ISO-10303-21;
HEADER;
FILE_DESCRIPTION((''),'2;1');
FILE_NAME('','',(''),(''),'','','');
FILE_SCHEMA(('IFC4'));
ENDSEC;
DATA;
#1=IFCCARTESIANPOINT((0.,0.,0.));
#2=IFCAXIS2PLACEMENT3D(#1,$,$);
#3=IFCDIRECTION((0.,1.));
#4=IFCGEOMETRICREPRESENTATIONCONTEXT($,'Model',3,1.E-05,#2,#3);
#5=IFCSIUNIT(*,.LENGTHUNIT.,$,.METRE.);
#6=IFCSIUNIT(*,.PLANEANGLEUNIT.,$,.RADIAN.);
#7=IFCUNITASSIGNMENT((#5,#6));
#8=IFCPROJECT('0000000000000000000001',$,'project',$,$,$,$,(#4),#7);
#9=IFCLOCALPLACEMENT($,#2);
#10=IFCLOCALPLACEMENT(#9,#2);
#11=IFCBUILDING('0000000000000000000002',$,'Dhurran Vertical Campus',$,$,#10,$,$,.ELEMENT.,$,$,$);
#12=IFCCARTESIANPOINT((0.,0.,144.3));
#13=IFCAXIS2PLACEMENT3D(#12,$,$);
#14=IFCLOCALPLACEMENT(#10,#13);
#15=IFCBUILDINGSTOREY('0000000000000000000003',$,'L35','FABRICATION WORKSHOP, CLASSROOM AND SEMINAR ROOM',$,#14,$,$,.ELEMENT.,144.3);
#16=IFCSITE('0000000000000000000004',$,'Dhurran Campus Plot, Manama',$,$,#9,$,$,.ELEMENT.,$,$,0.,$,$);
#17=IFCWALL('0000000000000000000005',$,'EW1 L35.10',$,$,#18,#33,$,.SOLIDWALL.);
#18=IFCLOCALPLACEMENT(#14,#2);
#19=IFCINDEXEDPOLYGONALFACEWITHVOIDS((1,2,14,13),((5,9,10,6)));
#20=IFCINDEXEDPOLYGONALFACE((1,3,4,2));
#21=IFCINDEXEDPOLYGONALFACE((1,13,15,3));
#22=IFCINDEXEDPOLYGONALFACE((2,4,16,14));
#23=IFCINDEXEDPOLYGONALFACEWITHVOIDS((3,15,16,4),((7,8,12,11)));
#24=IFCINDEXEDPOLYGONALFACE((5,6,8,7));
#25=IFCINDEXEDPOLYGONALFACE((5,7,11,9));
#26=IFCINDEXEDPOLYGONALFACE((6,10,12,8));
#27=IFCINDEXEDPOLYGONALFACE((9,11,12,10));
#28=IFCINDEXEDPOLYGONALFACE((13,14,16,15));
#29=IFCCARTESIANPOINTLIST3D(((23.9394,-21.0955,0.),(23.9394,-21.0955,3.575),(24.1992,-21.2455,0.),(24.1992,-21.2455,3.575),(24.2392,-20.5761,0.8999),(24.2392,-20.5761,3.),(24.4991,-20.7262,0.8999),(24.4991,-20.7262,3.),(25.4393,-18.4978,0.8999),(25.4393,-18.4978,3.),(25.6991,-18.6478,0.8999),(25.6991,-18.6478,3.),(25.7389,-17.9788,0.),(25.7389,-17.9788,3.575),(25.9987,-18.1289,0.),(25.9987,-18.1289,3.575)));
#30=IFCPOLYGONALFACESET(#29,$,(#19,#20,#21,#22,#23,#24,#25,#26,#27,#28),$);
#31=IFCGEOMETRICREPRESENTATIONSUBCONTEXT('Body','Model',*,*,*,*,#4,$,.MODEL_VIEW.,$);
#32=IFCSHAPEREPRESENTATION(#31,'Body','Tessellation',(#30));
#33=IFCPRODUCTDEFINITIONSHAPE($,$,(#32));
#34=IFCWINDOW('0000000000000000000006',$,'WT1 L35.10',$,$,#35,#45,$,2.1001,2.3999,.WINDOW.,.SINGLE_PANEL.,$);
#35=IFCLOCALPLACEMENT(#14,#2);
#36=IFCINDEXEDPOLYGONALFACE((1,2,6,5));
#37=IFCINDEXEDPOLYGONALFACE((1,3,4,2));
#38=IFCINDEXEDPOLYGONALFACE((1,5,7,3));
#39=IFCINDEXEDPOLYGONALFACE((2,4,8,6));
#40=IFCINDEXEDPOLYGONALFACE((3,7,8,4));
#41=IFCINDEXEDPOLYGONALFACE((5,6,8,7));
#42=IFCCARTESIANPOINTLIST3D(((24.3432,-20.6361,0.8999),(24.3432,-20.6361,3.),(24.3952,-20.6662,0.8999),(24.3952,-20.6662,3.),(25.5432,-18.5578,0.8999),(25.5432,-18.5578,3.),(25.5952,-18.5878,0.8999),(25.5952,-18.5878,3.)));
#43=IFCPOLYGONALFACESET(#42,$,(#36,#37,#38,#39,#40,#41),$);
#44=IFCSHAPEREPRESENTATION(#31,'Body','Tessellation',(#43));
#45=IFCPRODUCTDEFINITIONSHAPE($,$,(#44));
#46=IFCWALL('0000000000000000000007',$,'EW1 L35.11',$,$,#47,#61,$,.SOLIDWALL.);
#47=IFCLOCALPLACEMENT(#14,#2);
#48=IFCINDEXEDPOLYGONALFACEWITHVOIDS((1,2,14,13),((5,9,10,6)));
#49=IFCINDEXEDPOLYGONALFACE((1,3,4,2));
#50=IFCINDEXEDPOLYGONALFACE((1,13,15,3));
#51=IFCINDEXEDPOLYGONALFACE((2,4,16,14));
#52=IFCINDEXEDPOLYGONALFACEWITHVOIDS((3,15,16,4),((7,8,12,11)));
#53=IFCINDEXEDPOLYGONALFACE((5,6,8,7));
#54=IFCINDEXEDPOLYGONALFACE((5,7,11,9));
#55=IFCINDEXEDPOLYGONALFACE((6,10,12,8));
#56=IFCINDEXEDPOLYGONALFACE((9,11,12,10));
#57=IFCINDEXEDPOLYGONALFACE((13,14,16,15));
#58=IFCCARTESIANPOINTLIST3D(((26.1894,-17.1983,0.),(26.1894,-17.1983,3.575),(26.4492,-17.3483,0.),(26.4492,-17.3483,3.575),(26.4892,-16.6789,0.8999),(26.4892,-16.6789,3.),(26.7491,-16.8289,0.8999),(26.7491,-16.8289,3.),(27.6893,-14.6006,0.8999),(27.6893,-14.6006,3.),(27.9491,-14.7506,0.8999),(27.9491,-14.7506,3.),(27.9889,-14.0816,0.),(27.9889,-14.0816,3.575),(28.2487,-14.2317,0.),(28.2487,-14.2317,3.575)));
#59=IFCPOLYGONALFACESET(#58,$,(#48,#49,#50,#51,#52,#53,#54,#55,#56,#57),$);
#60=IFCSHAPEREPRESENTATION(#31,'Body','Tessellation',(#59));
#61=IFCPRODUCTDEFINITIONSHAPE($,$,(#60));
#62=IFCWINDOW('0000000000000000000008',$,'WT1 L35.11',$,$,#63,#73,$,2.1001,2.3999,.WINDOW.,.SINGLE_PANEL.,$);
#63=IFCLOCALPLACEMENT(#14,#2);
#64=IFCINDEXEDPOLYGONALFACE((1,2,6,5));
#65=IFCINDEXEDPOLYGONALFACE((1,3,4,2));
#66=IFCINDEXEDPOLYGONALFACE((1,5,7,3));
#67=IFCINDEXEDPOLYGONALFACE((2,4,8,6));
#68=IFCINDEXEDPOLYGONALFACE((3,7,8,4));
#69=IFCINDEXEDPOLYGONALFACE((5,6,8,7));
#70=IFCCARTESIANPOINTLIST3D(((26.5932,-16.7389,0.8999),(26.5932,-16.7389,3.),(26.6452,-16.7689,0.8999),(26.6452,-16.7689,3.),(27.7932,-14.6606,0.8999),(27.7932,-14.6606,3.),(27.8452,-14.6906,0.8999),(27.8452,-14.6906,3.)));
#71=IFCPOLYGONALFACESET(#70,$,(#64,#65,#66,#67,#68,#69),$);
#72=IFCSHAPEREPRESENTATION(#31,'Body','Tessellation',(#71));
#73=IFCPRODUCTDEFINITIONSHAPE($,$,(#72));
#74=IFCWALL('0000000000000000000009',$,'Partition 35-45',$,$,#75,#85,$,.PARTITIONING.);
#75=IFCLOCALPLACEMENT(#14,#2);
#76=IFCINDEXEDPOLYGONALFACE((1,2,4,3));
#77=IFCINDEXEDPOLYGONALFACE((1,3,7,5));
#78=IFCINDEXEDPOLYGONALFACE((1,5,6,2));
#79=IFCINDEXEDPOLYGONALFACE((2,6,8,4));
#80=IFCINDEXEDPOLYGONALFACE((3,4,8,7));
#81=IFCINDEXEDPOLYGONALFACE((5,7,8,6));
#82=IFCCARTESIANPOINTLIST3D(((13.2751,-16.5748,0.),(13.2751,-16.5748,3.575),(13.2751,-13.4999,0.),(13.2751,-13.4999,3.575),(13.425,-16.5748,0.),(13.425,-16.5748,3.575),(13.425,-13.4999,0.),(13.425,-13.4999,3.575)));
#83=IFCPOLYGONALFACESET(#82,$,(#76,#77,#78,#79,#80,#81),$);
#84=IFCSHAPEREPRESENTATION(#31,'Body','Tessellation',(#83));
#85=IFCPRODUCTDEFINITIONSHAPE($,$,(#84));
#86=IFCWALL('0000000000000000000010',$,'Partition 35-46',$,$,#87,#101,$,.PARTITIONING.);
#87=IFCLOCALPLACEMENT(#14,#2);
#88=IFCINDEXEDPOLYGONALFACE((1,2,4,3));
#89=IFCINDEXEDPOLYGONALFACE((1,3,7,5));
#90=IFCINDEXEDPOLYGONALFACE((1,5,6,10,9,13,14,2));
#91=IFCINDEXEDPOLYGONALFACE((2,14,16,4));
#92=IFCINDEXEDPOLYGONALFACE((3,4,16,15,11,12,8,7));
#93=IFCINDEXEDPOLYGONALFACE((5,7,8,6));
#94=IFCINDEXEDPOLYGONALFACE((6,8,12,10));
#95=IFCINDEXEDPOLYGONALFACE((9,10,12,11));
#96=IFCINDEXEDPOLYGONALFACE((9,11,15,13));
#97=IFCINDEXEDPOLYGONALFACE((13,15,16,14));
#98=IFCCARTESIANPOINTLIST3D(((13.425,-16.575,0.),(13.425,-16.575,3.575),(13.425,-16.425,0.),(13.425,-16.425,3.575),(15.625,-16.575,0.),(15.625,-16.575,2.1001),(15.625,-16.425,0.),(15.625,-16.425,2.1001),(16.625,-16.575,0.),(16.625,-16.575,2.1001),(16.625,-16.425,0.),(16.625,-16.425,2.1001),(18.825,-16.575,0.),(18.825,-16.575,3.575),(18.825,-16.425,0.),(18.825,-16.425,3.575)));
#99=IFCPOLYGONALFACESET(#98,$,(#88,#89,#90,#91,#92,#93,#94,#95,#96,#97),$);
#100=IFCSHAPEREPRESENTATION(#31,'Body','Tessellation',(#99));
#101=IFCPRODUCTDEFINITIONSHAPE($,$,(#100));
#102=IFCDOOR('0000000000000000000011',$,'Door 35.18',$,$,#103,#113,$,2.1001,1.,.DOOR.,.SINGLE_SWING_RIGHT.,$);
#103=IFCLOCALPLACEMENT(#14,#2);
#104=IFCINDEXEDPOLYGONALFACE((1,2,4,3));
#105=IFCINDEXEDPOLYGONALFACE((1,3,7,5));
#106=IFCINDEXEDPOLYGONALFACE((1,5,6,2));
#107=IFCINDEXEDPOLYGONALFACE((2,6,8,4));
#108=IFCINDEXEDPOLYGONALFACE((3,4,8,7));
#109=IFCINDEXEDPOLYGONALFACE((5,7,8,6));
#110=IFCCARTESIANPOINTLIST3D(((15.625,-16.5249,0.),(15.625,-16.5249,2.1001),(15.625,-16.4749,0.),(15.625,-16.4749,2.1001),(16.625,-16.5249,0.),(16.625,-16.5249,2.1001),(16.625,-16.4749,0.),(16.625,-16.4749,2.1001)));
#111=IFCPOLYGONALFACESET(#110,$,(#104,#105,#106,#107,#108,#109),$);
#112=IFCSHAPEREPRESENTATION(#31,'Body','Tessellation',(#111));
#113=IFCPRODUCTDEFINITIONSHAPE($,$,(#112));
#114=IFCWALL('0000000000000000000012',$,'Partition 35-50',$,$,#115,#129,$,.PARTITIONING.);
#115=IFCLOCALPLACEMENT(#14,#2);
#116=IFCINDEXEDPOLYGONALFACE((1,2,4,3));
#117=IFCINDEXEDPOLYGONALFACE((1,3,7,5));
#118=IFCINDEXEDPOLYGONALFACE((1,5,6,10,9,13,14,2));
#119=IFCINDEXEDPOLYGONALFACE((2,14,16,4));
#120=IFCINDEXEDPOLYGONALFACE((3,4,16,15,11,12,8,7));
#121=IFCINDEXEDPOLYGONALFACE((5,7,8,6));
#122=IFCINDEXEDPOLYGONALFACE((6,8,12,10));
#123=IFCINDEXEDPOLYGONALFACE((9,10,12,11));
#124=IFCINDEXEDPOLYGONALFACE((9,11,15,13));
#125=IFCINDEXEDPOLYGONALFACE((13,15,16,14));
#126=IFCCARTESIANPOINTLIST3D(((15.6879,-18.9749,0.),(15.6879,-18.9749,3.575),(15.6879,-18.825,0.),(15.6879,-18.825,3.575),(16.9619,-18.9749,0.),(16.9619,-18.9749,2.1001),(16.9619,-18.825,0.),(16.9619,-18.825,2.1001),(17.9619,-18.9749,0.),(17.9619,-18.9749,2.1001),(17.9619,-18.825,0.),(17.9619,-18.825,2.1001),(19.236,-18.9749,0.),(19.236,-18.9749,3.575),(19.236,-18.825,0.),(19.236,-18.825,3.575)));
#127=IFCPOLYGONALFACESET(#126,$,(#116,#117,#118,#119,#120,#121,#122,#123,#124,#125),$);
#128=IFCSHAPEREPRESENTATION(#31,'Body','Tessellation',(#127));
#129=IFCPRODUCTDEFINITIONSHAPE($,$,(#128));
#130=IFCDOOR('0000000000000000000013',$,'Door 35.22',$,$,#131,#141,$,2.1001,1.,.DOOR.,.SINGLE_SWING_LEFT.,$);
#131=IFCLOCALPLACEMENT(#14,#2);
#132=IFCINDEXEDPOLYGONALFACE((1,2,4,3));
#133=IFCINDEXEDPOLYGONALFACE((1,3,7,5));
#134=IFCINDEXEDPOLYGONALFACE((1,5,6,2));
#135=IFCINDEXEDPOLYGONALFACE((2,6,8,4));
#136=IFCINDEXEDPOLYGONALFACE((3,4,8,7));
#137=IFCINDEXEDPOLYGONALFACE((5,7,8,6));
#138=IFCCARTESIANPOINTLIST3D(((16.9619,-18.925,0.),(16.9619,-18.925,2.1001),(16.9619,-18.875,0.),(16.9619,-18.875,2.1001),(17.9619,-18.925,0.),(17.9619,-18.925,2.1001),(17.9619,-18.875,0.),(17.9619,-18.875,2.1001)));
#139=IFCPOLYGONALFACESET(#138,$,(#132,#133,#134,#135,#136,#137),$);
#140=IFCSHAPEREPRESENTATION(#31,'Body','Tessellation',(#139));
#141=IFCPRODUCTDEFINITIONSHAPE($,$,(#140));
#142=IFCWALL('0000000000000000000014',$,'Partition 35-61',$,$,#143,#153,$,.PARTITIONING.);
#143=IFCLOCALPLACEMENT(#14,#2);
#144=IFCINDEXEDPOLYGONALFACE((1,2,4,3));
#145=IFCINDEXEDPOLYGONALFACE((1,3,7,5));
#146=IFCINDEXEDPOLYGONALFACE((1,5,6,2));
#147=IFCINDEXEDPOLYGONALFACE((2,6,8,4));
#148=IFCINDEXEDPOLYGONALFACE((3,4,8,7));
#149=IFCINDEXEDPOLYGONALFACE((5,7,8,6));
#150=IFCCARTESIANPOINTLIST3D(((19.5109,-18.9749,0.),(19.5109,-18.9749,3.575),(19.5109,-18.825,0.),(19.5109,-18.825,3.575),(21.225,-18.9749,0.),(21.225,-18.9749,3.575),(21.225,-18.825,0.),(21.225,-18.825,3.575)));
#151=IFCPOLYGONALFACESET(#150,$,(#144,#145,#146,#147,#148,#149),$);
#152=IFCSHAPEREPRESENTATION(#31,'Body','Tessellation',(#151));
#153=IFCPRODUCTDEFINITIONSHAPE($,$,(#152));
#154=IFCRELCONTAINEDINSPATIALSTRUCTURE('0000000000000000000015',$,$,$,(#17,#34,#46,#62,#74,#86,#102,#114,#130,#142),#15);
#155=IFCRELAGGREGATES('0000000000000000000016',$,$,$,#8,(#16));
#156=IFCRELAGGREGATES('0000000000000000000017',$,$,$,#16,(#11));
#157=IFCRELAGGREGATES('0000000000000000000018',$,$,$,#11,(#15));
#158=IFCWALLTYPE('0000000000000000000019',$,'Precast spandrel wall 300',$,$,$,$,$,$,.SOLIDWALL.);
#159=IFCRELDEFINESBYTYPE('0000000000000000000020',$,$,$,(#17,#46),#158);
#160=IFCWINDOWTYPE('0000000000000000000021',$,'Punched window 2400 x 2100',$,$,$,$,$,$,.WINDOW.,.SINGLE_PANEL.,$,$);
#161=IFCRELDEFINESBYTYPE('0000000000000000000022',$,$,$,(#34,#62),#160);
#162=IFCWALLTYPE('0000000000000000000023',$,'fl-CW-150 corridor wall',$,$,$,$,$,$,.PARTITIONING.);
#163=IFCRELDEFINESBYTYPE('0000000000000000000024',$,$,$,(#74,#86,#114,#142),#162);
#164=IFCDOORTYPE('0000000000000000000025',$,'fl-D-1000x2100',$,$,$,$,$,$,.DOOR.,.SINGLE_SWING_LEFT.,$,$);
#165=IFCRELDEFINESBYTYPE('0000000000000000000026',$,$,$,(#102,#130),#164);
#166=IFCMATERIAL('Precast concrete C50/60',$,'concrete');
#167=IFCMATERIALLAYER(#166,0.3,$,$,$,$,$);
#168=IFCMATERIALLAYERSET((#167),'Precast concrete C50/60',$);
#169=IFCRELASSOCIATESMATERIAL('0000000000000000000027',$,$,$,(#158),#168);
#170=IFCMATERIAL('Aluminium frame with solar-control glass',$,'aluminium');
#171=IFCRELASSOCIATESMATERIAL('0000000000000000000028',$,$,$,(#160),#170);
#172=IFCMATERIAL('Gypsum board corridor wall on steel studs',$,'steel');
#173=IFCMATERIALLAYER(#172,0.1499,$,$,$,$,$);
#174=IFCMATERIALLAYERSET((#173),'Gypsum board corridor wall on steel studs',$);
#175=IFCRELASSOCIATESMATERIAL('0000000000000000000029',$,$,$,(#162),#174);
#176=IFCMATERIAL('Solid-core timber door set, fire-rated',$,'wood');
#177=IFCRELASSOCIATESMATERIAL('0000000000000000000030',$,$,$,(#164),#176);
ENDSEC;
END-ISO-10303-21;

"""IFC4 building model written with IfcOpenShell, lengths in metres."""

from ifc_helpers import new_model, si_unit, direction, frame, frame_2d, origin, place, context, subcontext, project, spatial, rectangle, extrude, material, layer, layer_set, type_object, element, fill, save


model = new_model("IFC4")

# Units and contexts
model_context = context("Model", 3, precision=1e-05, world=origin(), true_north=direction((0.0, 1.0)))
body_context = subcontext(model_context, "Body", "Model", "MODEL_VIEW")
ifc_project = project(units=[si_unit("LENGTHUNIT", "METRE"), si_unit("PLANEANGLEUNIT", "RADIAN")], contexts=[model_context])

# Site, building, storey
site_placement = place(None, origin())
site = spatial("IfcSite", under=ifc_project, at=site_placement, Name="Dhurran Campus Plot, Manama", CompositionType="ELEMENT", RefElevation=0.0)
building_placement = place(site_placement, origin())
building = spatial("IfcBuilding", under=site, at=building_placement, Name="Dhurran Vertical Campus", CompositionType="ELEMENT")
storey_placement = place(building_placement, frame((0.0, 0.0, 144.3)))
storey = spatial("IfcBuildingStorey", under=building, at=storey_placement, Name="L35", Description="FABRICATION WORKSHOP, CLASSROOM AND SEMINAR ROOM", CompositionType="ELEMENT", Elevation=144.3)

# Walls, openings, windows
ifc_material_1 = material(Name="Precast concrete C50/60", Category="concrete")
ifc_layer_1 = layer(ifc_material_1, 0.3)
ifc_layer_set_1 = layer_set([ifc_layer_1], Name="Precast concrete C50/60")
wall_type_1 = type_object("IfcWallType", Name="Precast spandrel wall 300", PredefinedType="SOLIDWALL", material=ifc_layer_set_1)
ifc_material_2 = material(Name="Aluminium frame with solar-control glass", Category="aluminium")
window_type = type_object("IfcWindowType", Name="Punched window 2400 x 2100", PartitioningType="SINGLE_PANEL", PredefinedType="WINDOW", material=ifc_material_2)
wall_1_placement = place(storey_placement, frame((24.0693, -21.1704, 0.0), z_axis=(0.0, 0.0, 1.0), x_axis=(0.500028, 0.866009, 0.0)))
wall_1 = element("IfcWall", 1, at=wall_1_placement, inside=storey, type_object=wall_type_1, Name="EW1 L35.10", PredefinedType="SOLIDWALL", context=body_context, shape_type="SweptSolid", body=[
    extrude(rectangle(XDim=3.5989, YDim=0.3, at=frame_2d((1.7993, 0.0))), origin(), (0.0, 0.0, 1.0), 3.575),
])
opening_1_placement = place(wall_1_placement, frame((0.5996, 0.0, 0.8999)))
opening_1 = element("IfcOpeningElement", 2, at=opening_1_placement, cuts=wall_1, PredefinedType="OPENING", context=body_context, shape_type="SweptSolid", body=[
    extrude(rectangle(XDim=2.3999, YDim=2.1001, at=frame_2d((1.2, 1.05))), frame((0.0, 0.1599, 0.0), z_axis=(0.0, -1.0, 0.0), x_axis=(1.0, 0.0, 0.0)), (0.0, 0.0, 1.0), 0.3201),
])
window_1_placement = place(opening_1_placement, origin())
window_1 = element("IfcWindow", 3, at=window_1_placement, inside=storey, type_object=window_type, Name="WT1 L35.10", OverallHeight=2.1001, OverallWidth=2.3999, PartitioningType="SINGLE_PANEL", PredefinedType="WINDOW", context=body_context, shape_type="SweptSolid", body=[
    extrude(rectangle(XDim=2.3999, YDim=2.1001, at=frame_2d((1.2, 1.05))), frame((0.0, 0.03, 0.0), z_axis=(0.0, -1.0, 0.0), x_axis=(1.0, 0.0, 0.0)), (0.0, 0.0, 1.0), 0.0601),
])
fill(opening_1, window_1)
wall_2_placement = place(storey_placement, frame((26.3193, -17.2732, 0.0), z_axis=(0.0, 0.0, 1.0), x_axis=(0.500028, 0.866009, 0.0)))
wall_2 = element("IfcWall", 4, at=wall_2_placement, inside=storey, type_object=wall_type_1, Name="EW1 L35.11", PredefinedType="SOLIDWALL", context=body_context, shape_type="SweptSolid", body=[
    extrude(rectangle(XDim=3.5989, YDim=0.3, at=frame_2d((1.7993, 0.0))), origin(), (0.0, 0.0, 1.0), 3.575),
])
opening_2_placement = place(wall_2_placement, frame((0.5996, 0.0, 0.8999)))
opening_2 = element("IfcOpeningElement", 5, at=opening_2_placement, cuts=wall_2, PredefinedType="OPENING", context=body_context, shape_type="SweptSolid", body=[
    extrude(rectangle(XDim=2.3999, YDim=2.1001, at=frame_2d((1.2, 1.05))), frame((0.0, 0.1599, 0.0), z_axis=(0.0, -1.0, 0.0), x_axis=(1.0, 0.0, 0.0)), (0.0, 0.0, 1.0), 0.3201),
])
window_2_placement = place(opening_2_placement, origin())
window_2 = element("IfcWindow", 6, at=window_2_placement, inside=storey, type_object=window_type, Name="WT1 L35.11", OverallHeight=2.1001, OverallWidth=2.3999, PartitioningType="SINGLE_PANEL", PredefinedType="WINDOW", context=body_context, shape_type="SweptSolid", body=[
    extrude(rectangle(XDim=2.3999, YDim=2.1001, at=frame_2d((1.2, 1.05))), frame((0.0, 0.03, 0.0), z_axis=(0.0, -1.0, 0.0), x_axis=(1.0, 0.0, 0.0)), (0.0, 0.0, 1.0), 0.0601),
])
fill(opening_2, window_2)

# Wall
ifc_material_3 = material(Name="Gypsum board corridor wall on steel studs", Category="steel")
ifc_layer_2 = layer(ifc_material_3, 0.1499)
ifc_layer_set_2 = layer_set([ifc_layer_2], Name="Gypsum board corridor wall on steel studs")
wall_type_2 = type_object("IfcWallType", Name="fl-CW-150 corridor wall", PredefinedType="PARTITIONING", material=ifc_layer_set_2)
wall_3_placement = place(storey_placement, frame((13.3501, -16.575, 0.0), z_axis=(0.0, 0.0, 1.0), x_axis=(0.0, 1.0, 0.0)))
element("IfcWall", 7, at=wall_3_placement, inside=storey, type_object=wall_type_2, Name="Partition 35-45", PredefinedType="PARTITIONING", context=body_context, shape_type="SweptSolid", body=[
    extrude(rectangle(XDim=3.075, YDim=0.1499, at=frame_2d((1.5376, 0.0))), origin(), (0.0, 0.0, 1.0), 3.575),
])

# Walls, openings, doors
wall_4_placement = place(storey_placement, frame((18.825, -16.5, 0.0), z_axis=(0.0, 0.0, 1.0), x_axis=(-1.0, 0.0, 0.0)))
wall_4 = element("IfcWall", 8, at=wall_4_placement, inside=storey, type_object=wall_type_2, Name="Partition 35-46", PredefinedType="PARTITIONING", context=body_context, shape_type="SweptSolid", body=[
    extrude(rectangle(XDim=5.3999, YDim=0.1499, at=frame_2d((2.7, 0.0))), origin(), (0.0, 0.0, 1.0), 3.575),
])
opening_3_placement = place(wall_4_placement, frame((2.2, 0.0, 0.0)))
opening_3 = element("IfcOpeningElement", 9, at=opening_3_placement, cuts=wall_4, PredefinedType="OPENING", context=body_context, shape_type="SweptSolid", body=[
    extrude(rectangle(XDim=1.0, YDim=2.1001, at=frame_2d((0.5, 1.05))), frame((0.0, 0.085, 0.0), z_axis=(0.0, -1.0, 0.0), x_axis=(1.0, 0.0, 0.0)), (0.0, 0.0, 1.0), 0.1699),
])
ifc_material_4 = material(Name="Solid-core timber door set, fire-rated", Category="wood")
door_type = type_object("IfcDoorType", Name="fl-D-1000x2100", OperationType="SINGLE_SWING_LEFT", PredefinedType="DOOR", material=ifc_material_4)
door_1_placement = place(opening_3_placement, origin())
door_1 = element("IfcDoor", 10, at=door_1_placement, inside=storey, type_object=door_type, Name="Door 35.18", OperationType="SINGLE_SWING_RIGHT", OverallHeight=2.1001, OverallWidth=1.0, PredefinedType="DOOR", context=body_context, shape_type="SweptSolid", body=[
    extrude(rectangle(XDim=1.0, YDim=2.1001, at=frame_2d((0.5, 1.05))), frame((0.0, 0.0249, 0.0), z_axis=(0.0, -1.0, 0.0), x_axis=(1.0, 0.0, 0.0)), (0.0, 0.0, 1.0), 0.05),
])
fill(opening_3, door_1)
wall_5_placement = place(storey_placement, frame((15.688, -18.8999, 0.0), z_axis=(0.0, 0.0, 1.0), x_axis=(1.0, 0.0, 0.0)))
wall_5 = element("IfcWall", 11, at=wall_5_placement, inside=storey, type_object=wall_type_2, Name="Partition 35-50", PredefinedType="PARTITIONING", context=body_context, shape_type="SweptSolid", body=[
    extrude(rectangle(XDim=3.5481, YDim=0.1499, at=frame_2d((1.7739, 0.0))), origin(), (0.0, 0.0, 1.0), 3.575),
])
opening_4_placement = place(wall_5_placement, frame((1.2739, 0.0, 0.0)))
opening_4 = element("IfcOpeningElement", 12, at=opening_4_placement, cuts=wall_5, PredefinedType="OPENING", context=body_context, shape_type="SweptSolid", body=[
    extrude(rectangle(XDim=1.0, YDim=2.1001, at=frame_2d((0.5, 1.05))), frame((0.0, 0.085, 0.0), z_axis=(0.0, -1.0, 0.0), x_axis=(1.0, 0.0, 0.0)), (0.0, 0.0, 1.0), 0.1699),
])
door_2_placement = place(opening_4_placement, origin())
door_2 = element("IfcDoor", 13, at=door_2_placement, inside=storey, type_object=door_type, Name="Door 35.22", OperationType="SINGLE_SWING_LEFT", OverallHeight=2.1001, OverallWidth=1.0, PredefinedType="DOOR", context=body_context, shape_type="SweptSolid", body=[
    extrude(rectangle(XDim=1.0, YDim=2.1001, at=frame_2d((0.5, 1.05))), frame((0.0, 0.0249, 0.0), z_axis=(0.0, -1.0, 0.0), x_axis=(1.0, 0.0, 0.0)), (0.0, 0.0, 1.0), 0.05),
])
fill(opening_4, door_2)

# Wall
wall_6_placement = place(storey_placement, frame((19.511, -18.8999, 0.0), z_axis=(0.0, 0.0, 1.0), x_axis=(1.0, 0.0, 0.0)))
element("IfcWall", 14, at=wall_6_placement, inside=storey, type_object=wall_type_2, Name="Partition 35-61", PredefinedType="PARTITIONING", context=body_context, shape_type="SweptSolid", body=[
    extrude(rectangle(XDim=1.7141, YDim=0.1499, at=frame_2d((0.8569, 0.0))), origin(), (0.0, 0.0, 1.0), 3.575),
])

save(model, "model.ifc")
